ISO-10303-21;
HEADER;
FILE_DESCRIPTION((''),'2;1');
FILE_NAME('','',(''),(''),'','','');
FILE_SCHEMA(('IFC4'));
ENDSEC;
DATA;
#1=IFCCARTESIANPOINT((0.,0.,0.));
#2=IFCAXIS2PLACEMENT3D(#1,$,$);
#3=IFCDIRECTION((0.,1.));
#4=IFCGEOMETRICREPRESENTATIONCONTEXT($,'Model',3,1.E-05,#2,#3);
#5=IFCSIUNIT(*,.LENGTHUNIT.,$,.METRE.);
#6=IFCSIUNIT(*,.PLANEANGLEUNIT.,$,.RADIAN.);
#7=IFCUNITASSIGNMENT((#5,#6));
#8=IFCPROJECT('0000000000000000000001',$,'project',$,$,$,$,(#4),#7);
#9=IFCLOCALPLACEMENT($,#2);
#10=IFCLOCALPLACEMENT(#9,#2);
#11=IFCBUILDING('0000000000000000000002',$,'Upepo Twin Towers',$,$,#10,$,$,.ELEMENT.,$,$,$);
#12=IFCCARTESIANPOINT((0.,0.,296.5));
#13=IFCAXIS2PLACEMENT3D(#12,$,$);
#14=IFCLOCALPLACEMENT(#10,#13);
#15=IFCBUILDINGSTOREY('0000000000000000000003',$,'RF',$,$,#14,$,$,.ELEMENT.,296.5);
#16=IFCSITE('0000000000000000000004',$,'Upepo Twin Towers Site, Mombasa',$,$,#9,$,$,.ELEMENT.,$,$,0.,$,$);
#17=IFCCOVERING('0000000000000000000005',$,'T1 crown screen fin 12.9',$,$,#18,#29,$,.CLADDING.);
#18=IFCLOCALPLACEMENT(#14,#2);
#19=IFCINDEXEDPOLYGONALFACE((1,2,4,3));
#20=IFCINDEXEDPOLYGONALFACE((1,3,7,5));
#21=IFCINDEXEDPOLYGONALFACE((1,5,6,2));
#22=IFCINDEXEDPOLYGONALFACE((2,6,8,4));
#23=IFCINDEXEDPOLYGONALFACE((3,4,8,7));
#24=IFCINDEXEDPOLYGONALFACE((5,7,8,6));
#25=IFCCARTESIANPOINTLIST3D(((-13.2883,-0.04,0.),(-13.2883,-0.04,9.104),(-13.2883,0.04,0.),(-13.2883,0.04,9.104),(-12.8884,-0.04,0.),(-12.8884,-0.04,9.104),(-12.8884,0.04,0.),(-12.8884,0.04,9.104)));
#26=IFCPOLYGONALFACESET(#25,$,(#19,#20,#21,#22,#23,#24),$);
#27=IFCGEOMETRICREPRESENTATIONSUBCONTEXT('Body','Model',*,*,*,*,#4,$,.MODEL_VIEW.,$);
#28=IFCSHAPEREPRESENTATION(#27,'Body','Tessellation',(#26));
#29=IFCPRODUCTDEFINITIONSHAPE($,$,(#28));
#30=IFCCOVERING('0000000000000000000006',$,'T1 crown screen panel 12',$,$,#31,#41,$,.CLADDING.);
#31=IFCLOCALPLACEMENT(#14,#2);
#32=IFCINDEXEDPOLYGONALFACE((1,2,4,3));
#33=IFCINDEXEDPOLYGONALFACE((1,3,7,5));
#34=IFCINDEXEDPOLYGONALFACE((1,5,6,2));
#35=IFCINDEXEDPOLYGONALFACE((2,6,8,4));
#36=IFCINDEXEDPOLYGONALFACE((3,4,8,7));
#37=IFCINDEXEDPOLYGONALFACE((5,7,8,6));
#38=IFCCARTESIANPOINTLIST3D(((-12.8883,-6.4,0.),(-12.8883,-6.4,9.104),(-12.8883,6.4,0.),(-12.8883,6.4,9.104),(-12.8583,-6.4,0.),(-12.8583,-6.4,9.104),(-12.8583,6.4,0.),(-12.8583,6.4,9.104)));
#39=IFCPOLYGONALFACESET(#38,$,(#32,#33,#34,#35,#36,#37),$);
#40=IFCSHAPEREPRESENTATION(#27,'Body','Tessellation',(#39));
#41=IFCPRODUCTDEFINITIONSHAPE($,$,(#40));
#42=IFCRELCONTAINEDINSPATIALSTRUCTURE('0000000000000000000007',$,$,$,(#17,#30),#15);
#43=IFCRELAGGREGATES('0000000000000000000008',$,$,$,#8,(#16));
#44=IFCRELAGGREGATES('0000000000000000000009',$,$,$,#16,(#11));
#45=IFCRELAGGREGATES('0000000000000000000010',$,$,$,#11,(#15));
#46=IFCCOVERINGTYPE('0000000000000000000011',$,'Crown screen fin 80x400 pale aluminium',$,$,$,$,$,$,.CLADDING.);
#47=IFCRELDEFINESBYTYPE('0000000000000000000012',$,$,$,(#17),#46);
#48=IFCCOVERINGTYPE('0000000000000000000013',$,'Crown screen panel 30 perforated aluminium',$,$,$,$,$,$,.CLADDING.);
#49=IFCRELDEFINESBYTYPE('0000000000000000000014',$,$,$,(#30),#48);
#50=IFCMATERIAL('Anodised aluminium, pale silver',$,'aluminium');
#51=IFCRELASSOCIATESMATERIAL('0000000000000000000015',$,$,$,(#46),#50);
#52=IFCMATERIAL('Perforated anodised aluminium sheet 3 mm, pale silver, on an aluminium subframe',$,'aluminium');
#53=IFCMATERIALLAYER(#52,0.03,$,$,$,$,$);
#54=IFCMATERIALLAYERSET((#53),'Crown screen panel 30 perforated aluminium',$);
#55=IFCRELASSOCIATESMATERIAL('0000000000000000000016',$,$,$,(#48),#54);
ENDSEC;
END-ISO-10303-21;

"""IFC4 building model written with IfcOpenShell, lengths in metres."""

from ifc_helpers import new_model, si_unit, direction, frame, origin, origin_2d, place, context, subcontext, project, spatial, rectangle, extrude, material, layer, layer_set, type_object, element, save


model = new_model("IFC4")

# Units and contexts
model_context = context("Model", 3, precision=1e-05, world=origin(), true_north=direction((0.0, 1.0)))
body_context = subcontext(model_context, "Body", "Model", "MODEL_VIEW")
ifc_project = project(units=[si_unit("LENGTHUNIT", "METRE"), si_unit("PLANEANGLEUNIT", "RADIAN")], contexts=[model_context])

# Site, building, storey
site_placement = place(None, origin())
site = spatial("IfcSite", under=ifc_project, at=site_placement, Name="Upepo Twin Towers Site, Mombasa", CompositionType="ELEMENT", RefElevation=0.0)
building_placement = place(site_placement, origin())
building = spatial("IfcBuilding", under=site, at=building_placement, Name="Upepo Twin Towers", CompositionType="ELEMENT")
storey_placement = place(building_placement, frame((0.0, 0.0, 296.5)))
storey = spatial("IfcBuildingStorey", under=building, at=storey_placement, Name="RF", CompositionType="ELEMENT", Elevation=296.5)

# Coverings
ifc_material_1 = material(Name="Anodised aluminium, pale silver", Category="aluminium")
covering_type_1 = type_object("IfcCoveringType", Name="Crown screen fin 80x400 pale aluminium", PredefinedType="CLADDING", material=ifc_material_1)
for number, where, z_axis, x_axis, name in (
    (1, (-13.0884, 0.0, 0.0), (0.0, 0.0, 1.0), (0.0, -1.0, 0.0), "T1 crown screen fin 12.9"),
):
    element("IfcCovering", number, at=place(storey_placement, frame(where, z_axis=z_axis, x_axis=x_axis)), inside=storey, type_object=covering_type_1, Name=name, PredefinedType="CLADDING", context=body_context, shape_type="SweptSolid", body=[
        extrude(rectangle(XDim=0.0801, YDim=0.3999, at=origin_2d()), origin(), (0.0, 0.0, 1.0), 9.104),
    ])
ifc_material_2 = material(Name="Perforated anodised aluminium sheet 3 mm, pale silver, on an aluminium subframe", Category="aluminium")
ifc_layer_1 = layer(ifc_material_2, 0.03)
ifc_layer_set_1 = layer_set([ifc_layer_1], Name="Crown screen panel 30 perforated aluminium")
covering_type_2 = type_object("IfcCoveringType", Name="Crown screen panel 30 perforated aluminium", PredefinedType="CLADDING", material=ifc_layer_set_1)
covering_placement = place(storey_placement, frame((-12.8733, 0.0, 0.0), z_axis=(0.0, 0.0, 1.0), x_axis=(0.0, -1.0, 0.0)))
element("IfcCovering", 2, at=covering_placement, inside=storey, type_object=covering_type_2, Name="T1 crown screen panel 12", PredefinedType="CLADDING", context=body_context, shape_type="SweptSolid", body=[
    extrude(rectangle(XDim=12.8, YDim=0.03, at=origin_2d()), origin(), (0.0, 0.0, 1.0), 9.104),
])

save(model, "model.ifc")
